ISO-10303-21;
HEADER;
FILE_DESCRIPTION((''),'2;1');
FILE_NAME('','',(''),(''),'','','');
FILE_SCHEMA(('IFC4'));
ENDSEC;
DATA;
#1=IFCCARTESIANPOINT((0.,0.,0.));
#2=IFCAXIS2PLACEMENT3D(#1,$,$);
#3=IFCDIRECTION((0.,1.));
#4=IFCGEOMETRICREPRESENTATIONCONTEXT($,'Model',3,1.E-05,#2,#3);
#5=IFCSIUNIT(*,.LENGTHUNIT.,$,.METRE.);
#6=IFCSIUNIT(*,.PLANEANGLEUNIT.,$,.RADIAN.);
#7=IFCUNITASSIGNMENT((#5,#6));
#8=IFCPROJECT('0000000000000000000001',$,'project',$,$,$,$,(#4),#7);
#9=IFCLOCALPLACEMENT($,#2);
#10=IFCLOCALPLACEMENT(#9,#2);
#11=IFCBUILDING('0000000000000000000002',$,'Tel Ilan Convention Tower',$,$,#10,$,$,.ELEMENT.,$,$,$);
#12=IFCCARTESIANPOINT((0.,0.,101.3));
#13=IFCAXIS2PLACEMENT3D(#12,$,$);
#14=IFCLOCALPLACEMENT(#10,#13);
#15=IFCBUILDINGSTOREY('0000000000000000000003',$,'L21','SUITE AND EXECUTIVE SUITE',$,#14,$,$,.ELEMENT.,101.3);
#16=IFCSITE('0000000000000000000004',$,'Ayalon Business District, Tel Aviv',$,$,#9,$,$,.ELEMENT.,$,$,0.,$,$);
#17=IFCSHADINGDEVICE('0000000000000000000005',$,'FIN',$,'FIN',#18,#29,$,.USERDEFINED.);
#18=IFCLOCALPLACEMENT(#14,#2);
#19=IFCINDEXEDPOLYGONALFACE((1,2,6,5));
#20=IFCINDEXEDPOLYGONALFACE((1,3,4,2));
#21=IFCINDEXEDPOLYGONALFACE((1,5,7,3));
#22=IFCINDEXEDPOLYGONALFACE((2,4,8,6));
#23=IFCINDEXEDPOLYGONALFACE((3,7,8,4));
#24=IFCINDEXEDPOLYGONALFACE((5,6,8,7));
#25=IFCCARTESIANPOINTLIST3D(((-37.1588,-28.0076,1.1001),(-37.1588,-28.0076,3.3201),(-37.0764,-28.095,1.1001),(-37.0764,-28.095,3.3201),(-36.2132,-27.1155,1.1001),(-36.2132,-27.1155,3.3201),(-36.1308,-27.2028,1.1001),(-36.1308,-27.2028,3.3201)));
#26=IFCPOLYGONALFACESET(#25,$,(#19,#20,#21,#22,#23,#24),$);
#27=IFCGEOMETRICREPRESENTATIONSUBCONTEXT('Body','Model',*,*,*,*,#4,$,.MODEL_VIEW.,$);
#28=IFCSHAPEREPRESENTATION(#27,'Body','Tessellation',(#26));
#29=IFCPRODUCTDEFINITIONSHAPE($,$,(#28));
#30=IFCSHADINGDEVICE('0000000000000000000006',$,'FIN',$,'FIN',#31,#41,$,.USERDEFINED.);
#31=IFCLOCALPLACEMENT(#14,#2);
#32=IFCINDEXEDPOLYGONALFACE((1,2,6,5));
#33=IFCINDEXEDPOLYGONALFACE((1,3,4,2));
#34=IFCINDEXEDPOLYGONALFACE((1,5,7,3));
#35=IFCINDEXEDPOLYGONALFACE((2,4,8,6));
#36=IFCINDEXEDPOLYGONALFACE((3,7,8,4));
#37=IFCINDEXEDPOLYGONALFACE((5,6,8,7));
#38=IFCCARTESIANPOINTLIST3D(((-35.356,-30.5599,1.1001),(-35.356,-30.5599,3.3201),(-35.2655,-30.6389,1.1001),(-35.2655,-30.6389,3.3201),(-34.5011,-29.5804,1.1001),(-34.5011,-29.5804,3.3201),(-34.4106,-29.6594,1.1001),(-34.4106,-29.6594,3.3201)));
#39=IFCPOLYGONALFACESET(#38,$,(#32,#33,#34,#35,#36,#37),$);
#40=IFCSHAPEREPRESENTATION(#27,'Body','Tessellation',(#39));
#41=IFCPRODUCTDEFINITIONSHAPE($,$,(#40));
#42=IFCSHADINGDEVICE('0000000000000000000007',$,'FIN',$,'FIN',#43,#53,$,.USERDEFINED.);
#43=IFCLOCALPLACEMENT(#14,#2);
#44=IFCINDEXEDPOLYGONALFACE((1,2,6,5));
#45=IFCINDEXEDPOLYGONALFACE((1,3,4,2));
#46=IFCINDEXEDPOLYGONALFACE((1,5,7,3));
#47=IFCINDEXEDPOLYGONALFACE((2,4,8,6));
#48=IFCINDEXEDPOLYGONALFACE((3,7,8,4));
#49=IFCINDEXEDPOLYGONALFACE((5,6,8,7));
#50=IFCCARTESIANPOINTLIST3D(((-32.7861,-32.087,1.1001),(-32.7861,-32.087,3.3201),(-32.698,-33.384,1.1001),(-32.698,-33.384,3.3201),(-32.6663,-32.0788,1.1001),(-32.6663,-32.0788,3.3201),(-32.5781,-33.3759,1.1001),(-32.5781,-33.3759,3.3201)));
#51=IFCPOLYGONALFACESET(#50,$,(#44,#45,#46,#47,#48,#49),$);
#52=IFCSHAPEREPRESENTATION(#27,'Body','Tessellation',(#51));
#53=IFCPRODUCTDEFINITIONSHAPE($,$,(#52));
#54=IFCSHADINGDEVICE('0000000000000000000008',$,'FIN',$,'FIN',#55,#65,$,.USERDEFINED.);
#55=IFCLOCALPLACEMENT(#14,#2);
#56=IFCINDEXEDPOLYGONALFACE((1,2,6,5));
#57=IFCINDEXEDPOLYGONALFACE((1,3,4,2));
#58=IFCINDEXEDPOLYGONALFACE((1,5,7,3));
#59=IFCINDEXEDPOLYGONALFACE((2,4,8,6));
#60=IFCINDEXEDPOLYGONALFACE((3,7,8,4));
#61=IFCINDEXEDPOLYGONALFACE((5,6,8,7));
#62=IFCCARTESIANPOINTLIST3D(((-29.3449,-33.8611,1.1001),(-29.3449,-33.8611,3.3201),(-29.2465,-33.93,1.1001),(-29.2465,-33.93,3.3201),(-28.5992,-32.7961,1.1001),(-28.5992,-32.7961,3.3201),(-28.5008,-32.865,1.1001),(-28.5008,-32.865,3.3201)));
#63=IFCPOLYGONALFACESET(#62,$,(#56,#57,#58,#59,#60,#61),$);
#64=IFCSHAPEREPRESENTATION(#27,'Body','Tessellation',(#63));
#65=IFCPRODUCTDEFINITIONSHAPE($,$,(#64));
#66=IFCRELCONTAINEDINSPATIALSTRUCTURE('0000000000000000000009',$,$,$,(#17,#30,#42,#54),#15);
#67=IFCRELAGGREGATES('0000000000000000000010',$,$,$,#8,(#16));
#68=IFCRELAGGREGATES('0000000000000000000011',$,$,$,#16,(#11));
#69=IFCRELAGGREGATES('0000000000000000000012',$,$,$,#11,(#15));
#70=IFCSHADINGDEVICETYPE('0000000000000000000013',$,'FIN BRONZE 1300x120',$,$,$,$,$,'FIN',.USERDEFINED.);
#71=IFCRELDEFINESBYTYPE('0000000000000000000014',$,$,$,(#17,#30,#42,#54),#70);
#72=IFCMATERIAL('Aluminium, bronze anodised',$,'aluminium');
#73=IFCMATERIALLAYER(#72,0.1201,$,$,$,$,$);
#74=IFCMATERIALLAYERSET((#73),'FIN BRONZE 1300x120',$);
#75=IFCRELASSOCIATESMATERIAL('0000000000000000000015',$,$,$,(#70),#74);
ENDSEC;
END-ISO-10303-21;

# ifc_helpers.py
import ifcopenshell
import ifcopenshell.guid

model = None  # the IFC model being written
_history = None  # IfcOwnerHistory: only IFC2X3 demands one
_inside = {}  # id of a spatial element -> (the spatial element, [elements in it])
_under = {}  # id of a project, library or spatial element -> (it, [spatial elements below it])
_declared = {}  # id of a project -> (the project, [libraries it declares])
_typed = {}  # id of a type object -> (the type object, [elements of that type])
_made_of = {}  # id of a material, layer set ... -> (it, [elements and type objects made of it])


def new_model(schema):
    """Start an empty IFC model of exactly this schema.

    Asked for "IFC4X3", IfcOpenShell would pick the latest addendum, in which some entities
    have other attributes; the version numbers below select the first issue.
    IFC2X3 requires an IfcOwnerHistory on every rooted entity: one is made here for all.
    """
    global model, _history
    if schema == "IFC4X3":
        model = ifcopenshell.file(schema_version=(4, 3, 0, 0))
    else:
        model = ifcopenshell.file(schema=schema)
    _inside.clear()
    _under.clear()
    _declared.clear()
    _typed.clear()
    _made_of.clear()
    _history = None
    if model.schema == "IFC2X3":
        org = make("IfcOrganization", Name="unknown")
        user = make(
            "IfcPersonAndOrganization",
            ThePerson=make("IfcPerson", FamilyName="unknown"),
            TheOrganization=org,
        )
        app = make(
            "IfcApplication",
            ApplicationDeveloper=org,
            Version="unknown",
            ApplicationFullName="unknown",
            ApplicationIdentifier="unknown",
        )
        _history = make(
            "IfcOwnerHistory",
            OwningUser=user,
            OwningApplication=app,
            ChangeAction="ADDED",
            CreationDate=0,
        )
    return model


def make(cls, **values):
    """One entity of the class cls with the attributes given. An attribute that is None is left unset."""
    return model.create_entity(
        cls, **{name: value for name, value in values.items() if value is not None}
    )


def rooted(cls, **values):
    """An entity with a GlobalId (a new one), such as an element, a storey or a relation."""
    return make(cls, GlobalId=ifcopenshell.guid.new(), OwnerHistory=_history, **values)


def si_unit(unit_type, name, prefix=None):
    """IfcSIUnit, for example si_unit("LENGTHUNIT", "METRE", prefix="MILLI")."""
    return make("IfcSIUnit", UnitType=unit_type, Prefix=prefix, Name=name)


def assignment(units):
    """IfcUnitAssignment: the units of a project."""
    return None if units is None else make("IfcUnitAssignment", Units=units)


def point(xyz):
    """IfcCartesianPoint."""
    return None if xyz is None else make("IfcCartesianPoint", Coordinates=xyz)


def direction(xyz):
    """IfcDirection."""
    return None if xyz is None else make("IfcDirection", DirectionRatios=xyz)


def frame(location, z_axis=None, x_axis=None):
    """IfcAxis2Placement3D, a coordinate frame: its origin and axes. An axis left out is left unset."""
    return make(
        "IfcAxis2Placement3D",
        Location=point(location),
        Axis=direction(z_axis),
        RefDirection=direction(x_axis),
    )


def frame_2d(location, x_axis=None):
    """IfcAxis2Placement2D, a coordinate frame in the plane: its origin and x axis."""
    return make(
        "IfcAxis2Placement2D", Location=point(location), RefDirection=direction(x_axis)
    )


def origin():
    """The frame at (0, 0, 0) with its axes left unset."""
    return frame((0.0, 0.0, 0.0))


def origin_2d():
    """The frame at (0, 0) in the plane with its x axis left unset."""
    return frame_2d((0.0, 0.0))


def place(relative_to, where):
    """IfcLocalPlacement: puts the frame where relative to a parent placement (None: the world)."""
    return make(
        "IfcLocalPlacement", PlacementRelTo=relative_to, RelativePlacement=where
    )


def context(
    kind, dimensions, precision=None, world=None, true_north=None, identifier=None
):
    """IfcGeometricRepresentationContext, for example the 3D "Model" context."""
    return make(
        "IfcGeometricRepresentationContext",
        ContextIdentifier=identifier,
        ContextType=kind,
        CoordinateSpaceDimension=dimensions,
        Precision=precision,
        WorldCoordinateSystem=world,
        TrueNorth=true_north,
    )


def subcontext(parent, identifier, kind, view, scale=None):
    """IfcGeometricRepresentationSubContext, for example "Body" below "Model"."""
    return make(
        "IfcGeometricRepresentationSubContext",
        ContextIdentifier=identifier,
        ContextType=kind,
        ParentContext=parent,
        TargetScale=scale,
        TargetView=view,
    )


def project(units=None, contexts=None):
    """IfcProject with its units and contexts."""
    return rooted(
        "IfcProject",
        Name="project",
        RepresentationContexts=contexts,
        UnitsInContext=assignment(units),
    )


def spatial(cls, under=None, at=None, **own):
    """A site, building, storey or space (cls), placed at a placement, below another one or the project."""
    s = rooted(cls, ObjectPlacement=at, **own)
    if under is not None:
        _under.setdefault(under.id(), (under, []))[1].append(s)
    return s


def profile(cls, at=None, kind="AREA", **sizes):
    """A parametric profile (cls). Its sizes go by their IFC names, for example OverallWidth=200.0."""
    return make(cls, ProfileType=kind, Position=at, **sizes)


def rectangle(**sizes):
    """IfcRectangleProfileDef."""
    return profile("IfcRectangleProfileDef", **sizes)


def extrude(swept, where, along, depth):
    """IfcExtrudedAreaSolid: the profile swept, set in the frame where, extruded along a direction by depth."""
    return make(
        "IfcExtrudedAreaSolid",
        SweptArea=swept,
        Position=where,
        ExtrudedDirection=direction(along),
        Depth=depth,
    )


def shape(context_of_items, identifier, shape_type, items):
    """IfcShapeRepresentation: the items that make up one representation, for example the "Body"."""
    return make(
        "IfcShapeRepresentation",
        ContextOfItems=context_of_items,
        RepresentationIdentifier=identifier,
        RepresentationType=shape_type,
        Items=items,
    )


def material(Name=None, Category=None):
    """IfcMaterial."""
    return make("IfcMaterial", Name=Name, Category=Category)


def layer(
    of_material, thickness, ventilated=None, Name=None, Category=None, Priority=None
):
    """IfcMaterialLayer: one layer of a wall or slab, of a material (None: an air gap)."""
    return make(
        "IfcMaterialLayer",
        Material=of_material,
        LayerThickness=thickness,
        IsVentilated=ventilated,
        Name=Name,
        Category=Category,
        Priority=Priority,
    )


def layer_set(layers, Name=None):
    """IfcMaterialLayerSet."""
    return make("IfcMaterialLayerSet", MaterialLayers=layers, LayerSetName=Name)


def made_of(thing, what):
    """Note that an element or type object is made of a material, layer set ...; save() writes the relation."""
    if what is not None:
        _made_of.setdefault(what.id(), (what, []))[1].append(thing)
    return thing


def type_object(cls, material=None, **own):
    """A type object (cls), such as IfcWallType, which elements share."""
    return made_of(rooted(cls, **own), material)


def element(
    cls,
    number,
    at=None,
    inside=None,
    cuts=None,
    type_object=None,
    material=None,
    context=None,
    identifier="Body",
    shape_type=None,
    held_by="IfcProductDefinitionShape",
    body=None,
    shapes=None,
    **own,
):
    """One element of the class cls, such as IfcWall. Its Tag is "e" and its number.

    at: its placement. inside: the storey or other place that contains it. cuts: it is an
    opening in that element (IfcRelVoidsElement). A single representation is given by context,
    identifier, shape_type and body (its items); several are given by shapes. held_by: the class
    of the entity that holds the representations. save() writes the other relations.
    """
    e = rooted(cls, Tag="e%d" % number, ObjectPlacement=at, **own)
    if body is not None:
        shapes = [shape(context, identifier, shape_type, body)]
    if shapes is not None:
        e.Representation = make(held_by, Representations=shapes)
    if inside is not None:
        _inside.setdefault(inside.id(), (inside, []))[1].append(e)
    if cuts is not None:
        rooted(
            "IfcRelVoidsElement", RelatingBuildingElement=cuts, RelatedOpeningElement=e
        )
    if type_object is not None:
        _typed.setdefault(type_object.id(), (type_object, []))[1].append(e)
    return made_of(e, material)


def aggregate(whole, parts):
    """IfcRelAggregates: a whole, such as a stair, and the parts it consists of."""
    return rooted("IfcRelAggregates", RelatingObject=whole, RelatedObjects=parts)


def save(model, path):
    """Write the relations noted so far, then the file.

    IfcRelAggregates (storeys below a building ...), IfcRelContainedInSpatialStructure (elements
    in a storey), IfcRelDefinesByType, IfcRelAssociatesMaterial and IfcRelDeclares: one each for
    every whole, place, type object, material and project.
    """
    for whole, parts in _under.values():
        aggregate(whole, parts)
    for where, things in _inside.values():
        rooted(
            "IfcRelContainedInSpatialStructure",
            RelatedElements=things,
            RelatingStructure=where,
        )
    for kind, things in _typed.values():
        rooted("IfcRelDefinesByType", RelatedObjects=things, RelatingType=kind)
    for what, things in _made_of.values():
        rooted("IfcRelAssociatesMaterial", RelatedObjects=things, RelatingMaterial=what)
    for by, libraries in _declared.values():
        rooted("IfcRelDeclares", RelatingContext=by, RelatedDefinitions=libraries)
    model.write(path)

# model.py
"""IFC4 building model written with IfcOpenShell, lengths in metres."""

from ifc_helpers import new_model, si_unit, direction, frame, origin, origin_2d, place, context, subcontext, project, spatial, rectangle, extrude, material, layer, layer_set, type_object, element, save


model = new_model("IFC4")

# Units and contexts
model_context = context("Model", 3, precision=1e-05, world=origin(), true_north=direction((0.0, 1.0)))
body_context = subcontext(model_context, "Body", "Model", "MODEL_VIEW")
ifc_project = project(units=[si_unit("LENGTHUNIT", "METRE"), si_unit("PLANEANGLEUNIT", "RADIAN")], contexts=[model_context])

# Site, building, storey
site_placement = place(None, origin())
site = spatial("IfcSite", under=ifc_project, at=site_placement, Name="Ayalon Business District, Tel Aviv", CompositionType="ELEMENT", RefElevation=0.0)
building_placement = place(site_placement, origin())
building = spatial("IfcBuilding", under=site, at=building_placement, Name="Tel Ilan Convention Tower", CompositionType="ELEMENT")
storey_placement = place(building_placement, frame((0.0, 0.0, 101.3)))
storey = spatial("IfcBuildingStorey", under=building, at=storey_placement, Name="L21", Description="SUITE AND EXECUTIVE SUITE", CompositionType="ELEMENT", Elevation=101.3)

# Shading devices
ifc_material_1 = material(Name="Aluminium, bronze anodised", Category="aluminium")
ifc_layer_1 = layer(ifc_material_1, 0.1201)
ifc_layer_set_1 = layer_set([ifc_layer_1], Name="FIN BRONZE 1300x120")
shading_device_type = type_object("IfcShadingDeviceType", Name="FIN BRONZE 1300x120", ElementType="FIN", PredefinedType="USERDEFINED", material=ifc_layer_set_1)
for number, where, z_axis, x_axis, name in (
    (1, (-36.6448, -27.6052, 1.1001), (0.0, 0.0, 1.0), (-0.727374, -0.686242, 0.0), "FIN"),
    (2, (-34.8833, -30.1096, 1.1001), (0.0, 0.0, 1.0), (-0.657521, -0.753436, 0.0), "FIN"),
    (3, (-32.6821, -32.7314, 1.1001), (0.0, 0.0, 1.0), (0.067822, -0.997697, 0.0), "FIN"),
    (4, (-28.9229, -33.363, 1.1001), (0.0, 0.0, 1.0), (-0.573576, -0.819152, 0.0), "FIN"),
):
    element("IfcShadingDevice", number, at=place(storey_placement, frame(where, z_axis=z_axis, x_axis=x_axis)), inside=storey, type_object=shading_device_type, Name=name, ObjectType="FIN", PredefinedType="USERDEFINED", context=body_context, shape_type="SweptSolid", body=[
        extrude(rectangle(XDim=1.3, YDim=0.1201, at=origin_2d()), origin(), (0.0, 0.0, 1.0), 2.22),
    ])

save(model, "model.ifc")
